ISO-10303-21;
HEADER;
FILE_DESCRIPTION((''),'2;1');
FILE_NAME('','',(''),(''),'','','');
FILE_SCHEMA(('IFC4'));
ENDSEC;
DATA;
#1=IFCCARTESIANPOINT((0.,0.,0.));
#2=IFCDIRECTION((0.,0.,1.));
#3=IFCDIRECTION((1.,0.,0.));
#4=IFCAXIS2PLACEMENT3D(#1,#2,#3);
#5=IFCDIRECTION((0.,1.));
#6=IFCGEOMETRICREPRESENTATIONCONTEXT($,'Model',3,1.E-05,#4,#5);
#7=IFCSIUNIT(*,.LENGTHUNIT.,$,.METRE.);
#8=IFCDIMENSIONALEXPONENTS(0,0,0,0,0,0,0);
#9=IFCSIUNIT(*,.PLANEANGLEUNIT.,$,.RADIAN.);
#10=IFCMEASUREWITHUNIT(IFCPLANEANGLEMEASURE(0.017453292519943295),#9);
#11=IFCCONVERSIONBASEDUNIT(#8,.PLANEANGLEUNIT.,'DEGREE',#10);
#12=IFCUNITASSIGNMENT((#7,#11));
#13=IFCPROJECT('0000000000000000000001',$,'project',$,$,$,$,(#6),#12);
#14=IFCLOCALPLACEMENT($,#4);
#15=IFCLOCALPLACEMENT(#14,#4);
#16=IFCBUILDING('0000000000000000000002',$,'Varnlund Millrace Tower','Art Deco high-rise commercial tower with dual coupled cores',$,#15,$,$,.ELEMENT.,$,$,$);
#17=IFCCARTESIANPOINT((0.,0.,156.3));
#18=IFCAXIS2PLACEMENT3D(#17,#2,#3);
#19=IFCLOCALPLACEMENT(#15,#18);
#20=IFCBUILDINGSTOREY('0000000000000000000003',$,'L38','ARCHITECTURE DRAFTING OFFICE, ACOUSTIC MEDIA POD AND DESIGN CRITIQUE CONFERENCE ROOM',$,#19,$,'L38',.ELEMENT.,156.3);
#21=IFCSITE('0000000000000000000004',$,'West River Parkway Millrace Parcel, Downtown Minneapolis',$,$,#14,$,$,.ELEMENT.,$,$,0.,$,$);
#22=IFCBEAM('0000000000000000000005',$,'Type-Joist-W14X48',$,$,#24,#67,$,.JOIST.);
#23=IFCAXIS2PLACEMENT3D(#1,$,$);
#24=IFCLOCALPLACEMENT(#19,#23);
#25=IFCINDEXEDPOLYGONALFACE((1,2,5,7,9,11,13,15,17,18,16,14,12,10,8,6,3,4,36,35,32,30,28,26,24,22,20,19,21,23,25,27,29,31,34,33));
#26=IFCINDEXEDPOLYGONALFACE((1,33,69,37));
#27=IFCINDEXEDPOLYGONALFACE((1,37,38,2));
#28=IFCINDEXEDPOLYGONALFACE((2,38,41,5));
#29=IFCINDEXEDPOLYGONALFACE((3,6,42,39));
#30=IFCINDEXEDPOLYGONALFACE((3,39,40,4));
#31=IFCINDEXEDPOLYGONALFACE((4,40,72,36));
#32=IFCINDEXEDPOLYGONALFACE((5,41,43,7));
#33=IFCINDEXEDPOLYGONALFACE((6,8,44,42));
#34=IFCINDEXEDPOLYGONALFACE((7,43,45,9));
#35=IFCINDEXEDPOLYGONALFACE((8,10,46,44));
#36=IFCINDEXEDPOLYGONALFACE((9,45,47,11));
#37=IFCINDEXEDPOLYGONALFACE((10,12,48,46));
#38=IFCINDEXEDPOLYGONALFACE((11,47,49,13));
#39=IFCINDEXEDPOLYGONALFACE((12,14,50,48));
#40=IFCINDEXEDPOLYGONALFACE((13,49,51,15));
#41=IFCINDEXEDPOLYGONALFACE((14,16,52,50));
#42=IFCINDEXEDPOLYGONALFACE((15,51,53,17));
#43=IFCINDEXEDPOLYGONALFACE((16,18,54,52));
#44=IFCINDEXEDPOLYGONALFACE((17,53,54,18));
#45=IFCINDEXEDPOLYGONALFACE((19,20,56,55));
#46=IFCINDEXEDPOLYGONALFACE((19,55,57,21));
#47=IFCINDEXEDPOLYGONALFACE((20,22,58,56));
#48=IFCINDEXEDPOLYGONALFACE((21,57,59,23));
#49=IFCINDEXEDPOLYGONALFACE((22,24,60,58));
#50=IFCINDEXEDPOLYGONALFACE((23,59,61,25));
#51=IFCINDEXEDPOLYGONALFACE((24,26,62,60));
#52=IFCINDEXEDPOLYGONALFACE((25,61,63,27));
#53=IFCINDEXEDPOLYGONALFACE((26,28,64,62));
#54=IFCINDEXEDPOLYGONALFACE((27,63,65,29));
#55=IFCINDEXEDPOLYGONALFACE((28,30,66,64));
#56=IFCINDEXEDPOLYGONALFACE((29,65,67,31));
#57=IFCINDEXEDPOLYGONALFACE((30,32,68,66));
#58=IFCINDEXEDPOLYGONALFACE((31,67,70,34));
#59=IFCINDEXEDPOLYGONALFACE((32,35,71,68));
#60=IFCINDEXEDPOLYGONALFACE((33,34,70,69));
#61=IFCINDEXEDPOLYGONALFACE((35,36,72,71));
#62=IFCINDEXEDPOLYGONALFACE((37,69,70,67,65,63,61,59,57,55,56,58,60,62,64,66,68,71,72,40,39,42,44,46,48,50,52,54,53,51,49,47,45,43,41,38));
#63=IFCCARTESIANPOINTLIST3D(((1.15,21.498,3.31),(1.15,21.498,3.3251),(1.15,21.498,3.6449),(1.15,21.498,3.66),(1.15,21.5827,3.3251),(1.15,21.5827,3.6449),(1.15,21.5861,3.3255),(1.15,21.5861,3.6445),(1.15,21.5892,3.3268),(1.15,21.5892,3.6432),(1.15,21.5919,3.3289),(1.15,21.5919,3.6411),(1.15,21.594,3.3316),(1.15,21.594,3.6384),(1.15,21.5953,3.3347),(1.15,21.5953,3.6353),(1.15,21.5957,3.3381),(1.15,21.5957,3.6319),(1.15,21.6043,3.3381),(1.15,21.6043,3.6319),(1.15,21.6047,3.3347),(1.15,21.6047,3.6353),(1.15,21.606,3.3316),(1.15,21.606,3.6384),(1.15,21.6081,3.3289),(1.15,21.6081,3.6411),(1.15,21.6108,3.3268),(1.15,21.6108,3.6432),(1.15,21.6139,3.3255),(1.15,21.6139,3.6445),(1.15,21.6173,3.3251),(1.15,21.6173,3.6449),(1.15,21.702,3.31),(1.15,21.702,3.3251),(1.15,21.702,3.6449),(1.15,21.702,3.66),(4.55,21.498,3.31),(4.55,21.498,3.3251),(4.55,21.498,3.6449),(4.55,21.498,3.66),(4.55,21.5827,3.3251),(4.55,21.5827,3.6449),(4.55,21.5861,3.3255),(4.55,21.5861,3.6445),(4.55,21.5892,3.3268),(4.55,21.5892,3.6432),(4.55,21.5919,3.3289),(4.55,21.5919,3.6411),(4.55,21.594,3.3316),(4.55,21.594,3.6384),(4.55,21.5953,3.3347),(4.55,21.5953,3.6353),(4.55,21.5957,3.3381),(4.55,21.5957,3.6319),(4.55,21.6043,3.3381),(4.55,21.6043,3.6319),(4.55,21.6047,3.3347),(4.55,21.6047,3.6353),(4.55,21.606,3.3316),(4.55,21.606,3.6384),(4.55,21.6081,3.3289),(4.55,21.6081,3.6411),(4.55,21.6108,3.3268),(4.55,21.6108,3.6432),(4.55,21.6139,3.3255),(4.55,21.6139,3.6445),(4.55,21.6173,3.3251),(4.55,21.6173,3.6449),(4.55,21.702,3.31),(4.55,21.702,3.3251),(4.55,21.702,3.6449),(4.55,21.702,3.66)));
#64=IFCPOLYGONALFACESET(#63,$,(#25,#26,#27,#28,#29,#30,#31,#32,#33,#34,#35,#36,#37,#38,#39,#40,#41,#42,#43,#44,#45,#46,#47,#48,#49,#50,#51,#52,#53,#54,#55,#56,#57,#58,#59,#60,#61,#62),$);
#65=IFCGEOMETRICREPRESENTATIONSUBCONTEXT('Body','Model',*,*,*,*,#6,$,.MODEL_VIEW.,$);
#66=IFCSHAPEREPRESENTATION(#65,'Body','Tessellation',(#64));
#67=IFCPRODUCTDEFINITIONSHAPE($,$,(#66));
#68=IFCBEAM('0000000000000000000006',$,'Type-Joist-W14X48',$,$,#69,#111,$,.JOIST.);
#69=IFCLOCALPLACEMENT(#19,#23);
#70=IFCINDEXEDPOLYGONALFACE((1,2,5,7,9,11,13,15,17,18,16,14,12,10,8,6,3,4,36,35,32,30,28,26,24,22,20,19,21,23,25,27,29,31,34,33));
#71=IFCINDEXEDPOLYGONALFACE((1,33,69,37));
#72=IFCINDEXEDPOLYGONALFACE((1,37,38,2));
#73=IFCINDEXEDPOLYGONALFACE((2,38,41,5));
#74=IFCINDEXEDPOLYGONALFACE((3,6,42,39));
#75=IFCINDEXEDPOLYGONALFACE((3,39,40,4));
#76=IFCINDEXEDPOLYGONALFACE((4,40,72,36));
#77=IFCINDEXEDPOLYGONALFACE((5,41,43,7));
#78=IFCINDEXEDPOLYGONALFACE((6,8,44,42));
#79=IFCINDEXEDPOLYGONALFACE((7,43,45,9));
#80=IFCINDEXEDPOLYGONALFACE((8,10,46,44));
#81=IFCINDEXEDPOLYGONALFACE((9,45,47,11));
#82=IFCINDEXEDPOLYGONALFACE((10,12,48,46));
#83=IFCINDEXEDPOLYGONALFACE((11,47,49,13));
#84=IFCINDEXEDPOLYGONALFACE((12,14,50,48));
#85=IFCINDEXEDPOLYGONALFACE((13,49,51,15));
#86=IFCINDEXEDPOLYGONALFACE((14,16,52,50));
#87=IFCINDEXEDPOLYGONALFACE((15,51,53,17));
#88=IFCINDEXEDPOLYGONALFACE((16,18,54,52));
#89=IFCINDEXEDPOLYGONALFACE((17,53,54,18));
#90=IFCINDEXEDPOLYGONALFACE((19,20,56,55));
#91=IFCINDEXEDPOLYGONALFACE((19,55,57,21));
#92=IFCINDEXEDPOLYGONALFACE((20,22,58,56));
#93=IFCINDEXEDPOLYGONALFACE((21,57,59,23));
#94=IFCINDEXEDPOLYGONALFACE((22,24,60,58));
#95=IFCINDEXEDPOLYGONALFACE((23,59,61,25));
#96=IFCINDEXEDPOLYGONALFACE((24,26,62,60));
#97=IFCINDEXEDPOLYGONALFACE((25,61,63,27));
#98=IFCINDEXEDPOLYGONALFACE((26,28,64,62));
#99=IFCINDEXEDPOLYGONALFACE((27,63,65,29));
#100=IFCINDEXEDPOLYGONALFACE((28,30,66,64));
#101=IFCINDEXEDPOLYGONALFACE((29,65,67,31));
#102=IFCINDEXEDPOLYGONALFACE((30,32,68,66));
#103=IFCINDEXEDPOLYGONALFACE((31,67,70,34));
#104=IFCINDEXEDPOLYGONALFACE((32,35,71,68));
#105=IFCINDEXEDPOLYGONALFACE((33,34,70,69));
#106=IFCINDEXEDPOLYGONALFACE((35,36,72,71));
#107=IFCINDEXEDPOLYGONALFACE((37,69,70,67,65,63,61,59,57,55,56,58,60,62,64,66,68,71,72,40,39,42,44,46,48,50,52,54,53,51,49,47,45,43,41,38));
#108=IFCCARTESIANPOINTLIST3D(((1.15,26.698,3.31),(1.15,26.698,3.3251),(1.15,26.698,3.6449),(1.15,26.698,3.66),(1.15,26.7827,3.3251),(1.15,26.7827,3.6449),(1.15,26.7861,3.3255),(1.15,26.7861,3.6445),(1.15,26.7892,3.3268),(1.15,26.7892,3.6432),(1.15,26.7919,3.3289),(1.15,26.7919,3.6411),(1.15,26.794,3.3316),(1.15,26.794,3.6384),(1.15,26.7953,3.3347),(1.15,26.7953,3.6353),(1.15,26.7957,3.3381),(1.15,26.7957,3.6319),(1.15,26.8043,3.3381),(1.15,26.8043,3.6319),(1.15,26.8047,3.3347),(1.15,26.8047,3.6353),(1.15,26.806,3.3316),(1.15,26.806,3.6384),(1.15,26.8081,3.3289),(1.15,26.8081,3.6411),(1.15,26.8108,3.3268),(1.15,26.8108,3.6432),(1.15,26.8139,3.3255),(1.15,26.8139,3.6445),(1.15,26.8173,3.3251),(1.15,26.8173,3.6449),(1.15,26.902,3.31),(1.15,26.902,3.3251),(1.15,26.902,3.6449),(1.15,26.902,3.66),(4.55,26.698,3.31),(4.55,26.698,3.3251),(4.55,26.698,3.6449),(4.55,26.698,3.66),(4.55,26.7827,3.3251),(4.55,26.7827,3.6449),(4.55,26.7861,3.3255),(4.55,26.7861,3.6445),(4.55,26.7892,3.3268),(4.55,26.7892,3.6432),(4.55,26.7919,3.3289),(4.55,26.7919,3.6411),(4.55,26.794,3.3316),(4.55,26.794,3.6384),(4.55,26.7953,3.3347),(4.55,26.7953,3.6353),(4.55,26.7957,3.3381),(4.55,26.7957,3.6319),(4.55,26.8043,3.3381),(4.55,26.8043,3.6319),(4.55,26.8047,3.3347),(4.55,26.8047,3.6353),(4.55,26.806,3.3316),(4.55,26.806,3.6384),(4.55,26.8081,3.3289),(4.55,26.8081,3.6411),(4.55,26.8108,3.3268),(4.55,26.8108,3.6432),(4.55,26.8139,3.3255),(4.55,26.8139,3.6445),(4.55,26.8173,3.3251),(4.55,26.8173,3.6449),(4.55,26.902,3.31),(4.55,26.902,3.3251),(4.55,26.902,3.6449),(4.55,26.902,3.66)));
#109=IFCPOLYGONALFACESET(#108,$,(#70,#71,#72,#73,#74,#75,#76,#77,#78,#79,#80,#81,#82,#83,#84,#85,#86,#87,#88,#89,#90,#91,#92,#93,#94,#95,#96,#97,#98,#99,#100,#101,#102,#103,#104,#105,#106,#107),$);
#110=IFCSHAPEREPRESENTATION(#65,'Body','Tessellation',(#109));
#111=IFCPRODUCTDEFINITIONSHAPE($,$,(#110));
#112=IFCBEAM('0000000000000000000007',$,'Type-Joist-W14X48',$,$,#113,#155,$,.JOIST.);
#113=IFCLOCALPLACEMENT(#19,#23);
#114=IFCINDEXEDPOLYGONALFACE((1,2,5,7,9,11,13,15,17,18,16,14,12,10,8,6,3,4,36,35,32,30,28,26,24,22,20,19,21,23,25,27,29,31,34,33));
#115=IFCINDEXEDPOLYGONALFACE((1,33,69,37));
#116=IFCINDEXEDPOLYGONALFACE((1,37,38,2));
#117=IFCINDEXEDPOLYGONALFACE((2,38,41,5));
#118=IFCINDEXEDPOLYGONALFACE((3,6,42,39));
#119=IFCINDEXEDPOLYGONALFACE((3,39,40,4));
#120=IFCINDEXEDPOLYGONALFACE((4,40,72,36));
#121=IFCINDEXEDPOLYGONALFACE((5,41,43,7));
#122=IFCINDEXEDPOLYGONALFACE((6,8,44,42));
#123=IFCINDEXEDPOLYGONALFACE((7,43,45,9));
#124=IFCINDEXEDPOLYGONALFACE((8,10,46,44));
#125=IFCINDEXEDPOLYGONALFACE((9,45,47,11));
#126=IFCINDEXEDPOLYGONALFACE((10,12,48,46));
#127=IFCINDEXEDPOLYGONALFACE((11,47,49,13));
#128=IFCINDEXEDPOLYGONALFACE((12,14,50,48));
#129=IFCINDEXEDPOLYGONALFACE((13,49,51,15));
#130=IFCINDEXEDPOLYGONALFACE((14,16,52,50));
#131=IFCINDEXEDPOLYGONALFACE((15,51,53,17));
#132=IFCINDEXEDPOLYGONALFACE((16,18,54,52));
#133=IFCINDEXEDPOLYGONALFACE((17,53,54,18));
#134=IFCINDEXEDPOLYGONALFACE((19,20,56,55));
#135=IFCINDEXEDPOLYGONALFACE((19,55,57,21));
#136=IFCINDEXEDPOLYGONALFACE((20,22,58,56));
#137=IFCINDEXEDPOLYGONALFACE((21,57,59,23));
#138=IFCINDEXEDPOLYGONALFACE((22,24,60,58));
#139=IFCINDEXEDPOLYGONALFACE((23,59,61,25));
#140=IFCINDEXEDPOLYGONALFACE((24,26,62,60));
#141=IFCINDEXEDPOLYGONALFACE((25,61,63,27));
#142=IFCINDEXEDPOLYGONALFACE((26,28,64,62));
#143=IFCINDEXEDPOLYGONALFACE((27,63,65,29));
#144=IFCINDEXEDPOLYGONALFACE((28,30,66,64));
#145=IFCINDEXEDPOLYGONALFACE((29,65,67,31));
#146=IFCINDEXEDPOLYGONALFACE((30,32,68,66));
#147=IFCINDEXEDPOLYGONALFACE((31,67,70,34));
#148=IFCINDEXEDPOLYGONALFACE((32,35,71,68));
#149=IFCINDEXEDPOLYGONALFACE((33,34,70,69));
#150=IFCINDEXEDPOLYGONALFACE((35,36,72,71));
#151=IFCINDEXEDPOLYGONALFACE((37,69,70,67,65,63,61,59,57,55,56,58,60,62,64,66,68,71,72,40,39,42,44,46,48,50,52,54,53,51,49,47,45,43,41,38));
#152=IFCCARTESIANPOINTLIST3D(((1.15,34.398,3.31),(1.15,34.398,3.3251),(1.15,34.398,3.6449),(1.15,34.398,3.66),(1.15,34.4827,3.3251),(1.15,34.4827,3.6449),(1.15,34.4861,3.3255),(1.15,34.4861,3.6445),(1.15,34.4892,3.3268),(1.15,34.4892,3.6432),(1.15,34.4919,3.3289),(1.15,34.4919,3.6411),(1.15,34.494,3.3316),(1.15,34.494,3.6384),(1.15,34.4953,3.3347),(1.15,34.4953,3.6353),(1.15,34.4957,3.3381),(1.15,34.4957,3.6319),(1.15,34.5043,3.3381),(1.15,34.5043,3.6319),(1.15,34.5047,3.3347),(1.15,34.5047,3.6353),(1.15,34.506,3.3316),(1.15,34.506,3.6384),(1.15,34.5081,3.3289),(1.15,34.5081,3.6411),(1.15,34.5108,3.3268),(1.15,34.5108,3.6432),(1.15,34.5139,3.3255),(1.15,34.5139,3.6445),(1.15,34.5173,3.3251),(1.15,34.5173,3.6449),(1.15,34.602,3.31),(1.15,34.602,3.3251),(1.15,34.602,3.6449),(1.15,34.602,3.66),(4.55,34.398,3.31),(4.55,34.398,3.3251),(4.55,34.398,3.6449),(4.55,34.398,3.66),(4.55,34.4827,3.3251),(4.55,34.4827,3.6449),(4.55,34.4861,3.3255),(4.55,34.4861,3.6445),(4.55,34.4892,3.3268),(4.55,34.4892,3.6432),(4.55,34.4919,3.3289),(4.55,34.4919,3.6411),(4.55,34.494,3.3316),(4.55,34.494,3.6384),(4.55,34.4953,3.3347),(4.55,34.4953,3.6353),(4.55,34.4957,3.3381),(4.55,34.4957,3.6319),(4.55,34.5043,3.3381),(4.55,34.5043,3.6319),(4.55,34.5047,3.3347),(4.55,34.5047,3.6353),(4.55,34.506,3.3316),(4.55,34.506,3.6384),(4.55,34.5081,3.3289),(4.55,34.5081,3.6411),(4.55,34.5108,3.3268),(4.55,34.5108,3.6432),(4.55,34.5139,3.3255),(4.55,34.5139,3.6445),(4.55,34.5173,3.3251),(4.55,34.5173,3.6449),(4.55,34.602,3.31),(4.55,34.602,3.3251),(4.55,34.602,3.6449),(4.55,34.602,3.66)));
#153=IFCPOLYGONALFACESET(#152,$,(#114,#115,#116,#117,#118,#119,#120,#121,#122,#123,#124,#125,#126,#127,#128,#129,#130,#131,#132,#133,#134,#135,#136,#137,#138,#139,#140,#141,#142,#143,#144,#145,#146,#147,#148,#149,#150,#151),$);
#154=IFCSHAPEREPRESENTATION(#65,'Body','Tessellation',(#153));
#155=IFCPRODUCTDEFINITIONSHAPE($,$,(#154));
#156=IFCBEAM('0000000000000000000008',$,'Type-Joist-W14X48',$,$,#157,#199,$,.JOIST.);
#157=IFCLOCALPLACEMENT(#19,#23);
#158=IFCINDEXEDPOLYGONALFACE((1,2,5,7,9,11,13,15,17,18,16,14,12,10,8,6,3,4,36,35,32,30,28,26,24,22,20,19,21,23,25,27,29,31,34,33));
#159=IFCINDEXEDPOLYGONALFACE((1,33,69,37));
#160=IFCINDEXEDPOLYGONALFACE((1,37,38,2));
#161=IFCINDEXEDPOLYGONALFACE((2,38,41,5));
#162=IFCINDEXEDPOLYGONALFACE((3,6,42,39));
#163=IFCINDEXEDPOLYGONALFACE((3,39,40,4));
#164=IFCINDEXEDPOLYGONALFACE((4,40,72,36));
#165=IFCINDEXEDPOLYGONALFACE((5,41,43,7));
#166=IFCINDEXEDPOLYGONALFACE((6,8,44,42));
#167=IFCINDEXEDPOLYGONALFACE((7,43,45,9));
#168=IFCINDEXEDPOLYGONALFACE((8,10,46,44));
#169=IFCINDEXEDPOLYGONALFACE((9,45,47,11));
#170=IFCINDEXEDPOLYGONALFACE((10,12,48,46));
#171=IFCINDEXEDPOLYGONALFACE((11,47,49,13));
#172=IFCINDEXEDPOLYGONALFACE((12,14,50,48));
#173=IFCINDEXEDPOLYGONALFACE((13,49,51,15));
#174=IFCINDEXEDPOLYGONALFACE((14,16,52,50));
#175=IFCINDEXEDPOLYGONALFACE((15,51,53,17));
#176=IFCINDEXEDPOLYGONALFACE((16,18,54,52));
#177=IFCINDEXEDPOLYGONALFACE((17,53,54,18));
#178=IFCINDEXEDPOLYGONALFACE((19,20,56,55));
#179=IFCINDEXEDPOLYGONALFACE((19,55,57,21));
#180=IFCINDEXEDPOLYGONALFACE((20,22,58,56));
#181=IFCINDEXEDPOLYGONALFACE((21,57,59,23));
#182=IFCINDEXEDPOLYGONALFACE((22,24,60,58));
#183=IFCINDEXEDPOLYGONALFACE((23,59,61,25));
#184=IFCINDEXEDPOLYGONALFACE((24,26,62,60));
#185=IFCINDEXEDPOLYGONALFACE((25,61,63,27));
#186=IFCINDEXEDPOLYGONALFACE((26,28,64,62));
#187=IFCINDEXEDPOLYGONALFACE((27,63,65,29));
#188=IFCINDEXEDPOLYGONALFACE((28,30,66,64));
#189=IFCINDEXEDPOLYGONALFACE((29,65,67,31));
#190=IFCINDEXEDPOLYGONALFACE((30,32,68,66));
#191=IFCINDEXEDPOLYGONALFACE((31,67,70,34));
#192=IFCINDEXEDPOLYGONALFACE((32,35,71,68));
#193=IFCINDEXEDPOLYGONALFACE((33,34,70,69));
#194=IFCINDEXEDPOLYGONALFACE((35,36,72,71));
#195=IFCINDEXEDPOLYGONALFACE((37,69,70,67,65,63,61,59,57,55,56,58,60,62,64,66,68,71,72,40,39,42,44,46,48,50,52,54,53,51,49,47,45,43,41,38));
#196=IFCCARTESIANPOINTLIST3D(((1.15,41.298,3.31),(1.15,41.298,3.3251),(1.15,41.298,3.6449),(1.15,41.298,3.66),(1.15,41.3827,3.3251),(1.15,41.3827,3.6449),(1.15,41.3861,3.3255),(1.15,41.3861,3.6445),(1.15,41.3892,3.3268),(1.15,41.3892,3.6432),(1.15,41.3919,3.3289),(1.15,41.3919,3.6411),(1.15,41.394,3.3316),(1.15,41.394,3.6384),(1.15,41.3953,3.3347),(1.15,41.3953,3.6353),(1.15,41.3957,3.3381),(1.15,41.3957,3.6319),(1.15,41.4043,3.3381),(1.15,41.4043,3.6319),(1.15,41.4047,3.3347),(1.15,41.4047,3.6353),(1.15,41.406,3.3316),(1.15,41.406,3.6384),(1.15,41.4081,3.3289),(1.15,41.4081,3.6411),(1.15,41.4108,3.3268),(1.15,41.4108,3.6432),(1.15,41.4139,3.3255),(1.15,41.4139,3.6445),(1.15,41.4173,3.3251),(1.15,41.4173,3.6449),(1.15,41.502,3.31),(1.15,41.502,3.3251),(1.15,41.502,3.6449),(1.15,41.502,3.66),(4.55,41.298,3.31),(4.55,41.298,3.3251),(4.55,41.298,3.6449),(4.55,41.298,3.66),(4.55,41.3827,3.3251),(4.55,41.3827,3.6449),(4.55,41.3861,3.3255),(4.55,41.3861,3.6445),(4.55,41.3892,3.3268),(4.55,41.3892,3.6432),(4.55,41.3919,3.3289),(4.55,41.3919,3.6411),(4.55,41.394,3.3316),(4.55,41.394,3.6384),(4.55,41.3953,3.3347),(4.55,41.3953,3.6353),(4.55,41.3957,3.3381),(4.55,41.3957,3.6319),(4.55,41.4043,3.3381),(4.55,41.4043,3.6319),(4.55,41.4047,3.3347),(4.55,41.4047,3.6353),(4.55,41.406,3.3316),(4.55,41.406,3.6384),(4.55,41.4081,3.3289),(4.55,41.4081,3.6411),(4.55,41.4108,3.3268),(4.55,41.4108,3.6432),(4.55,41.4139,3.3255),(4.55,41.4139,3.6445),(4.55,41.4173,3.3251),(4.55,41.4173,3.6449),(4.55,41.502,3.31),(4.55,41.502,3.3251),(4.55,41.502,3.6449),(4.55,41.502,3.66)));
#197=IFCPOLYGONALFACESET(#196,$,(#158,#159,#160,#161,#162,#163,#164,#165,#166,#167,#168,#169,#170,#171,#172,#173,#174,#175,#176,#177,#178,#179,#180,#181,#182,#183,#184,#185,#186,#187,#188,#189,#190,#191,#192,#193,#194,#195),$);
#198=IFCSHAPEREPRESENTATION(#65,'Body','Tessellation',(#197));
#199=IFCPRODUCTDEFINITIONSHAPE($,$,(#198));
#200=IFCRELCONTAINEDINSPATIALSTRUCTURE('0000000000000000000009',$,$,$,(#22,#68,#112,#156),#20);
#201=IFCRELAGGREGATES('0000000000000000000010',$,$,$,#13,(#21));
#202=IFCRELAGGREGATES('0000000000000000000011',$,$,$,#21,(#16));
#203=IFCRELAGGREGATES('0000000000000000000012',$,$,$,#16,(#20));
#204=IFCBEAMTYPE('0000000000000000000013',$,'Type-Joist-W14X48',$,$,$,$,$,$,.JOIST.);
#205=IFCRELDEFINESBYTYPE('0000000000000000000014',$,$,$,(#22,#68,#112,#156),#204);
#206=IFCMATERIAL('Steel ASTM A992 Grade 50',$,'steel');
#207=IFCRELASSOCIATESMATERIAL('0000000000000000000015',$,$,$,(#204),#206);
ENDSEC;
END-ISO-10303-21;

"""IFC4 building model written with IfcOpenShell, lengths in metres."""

from ifc_helpers import new_model, entity, si_unit, converted_unit, direction, frame, origin_with_axes, origin_2d_with_axis, place, context, subcontext, project, spatial, i_section, extrude, material, material_profile, profile_set, type_object, element, save


model = new_model("IFC4")

# Units and contexts
model_context = context("Model", 3, precision=1e-05, world=origin_with_axes(), true_north=direction((0.0, 1.0)))
body_context = subcontext(model_context, "Body", "Model", "MODEL_VIEW")
ifc_project = project(units=[si_unit("LENGTHUNIT", "METRE"), converted_unit("PLANEANGLEUNIT", "DEGREE", entity("IfcPlaneAngleMeasure", 0.017453292519943295), si_unit("PLANEANGLEUNIT", "RADIAN"), dimensions=[0, 0, 0, 0, 0, 0, 0])], contexts=[model_context])

# Site, building, storey
site_placement = place(None, origin_with_axes())
site = spatial("IfcSite", under=ifc_project, at=site_placement, Name="West River Parkway Millrace Parcel, Downtown Minneapolis", CompositionType="ELEMENT", RefElevation=0.0)
building_placement = place(site_placement, origin_with_axes())
building = spatial("IfcBuilding", under=site, at=building_placement, Name="Varnlund Millrace Tower", Description="Art Deco high-rise commercial tower with dual coupled cores", CompositionType="ELEMENT")
storey_placement = place(building_placement, frame((0.0, 0.0, 156.3), z_axis=(0.0, 0.0, 1.0), x_axis=(1.0, 0.0, 0.0)))
storey = spatial("IfcBuildingStorey", under=building, at=storey_placement, Name="L38", Description="ARCHITECTURE DRAFTING OFFICE, ACOUSTIC MEDIA POD AND DESIGN CRITIQUE CONFERENCE ROOM", LongName="L38", CompositionType="ELEMENT", Elevation=156.3)

# Beams
ifc_material_1 = material(Name="Steel ASTM A992 Grade 50", Category="steel")
ifc_material_profile_1 = material_profile(ifc_material_1, i_section(OverallWidth=0.204, OverallDepth=0.35, WebThickness=0.0086, FlangeThickness=0.0151, FilletRadius=0.013, at=origin_2d_with_axis()), Name="Steel ASTM A992 Grade 50")
ifc_profile_set_1 = profile_set([ifc_material_profile_1], Name="Steel ASTM A992 Grade 50")
beam_type_1 = type_object("IfcBeamType", Name="Type-Joist-W14X48", PredefinedType="JOIST", material=ifc_profile_set_1)
for number, where, z_axis, x_axis, name in (
    (1, (1.15, 21.6, 3.485), (1.0, 0.0, 0.0), (0.0, 1.0, 0.0), "Type-Joist-W14X48"),
    (2, (1.15, 26.8, 3.485), (1.0, 0.0, 0.0), (0.0, 1.0, 0.0), "Type-Joist-W14X48"),
    (3, (1.15, 34.5, 3.485), (1.0, 0.0, 0.0), (0.0, 1.0, 0.0), "Type-Joist-W14X48"),
    (4, (1.15, 41.4, 3.485), (1.0, 0.0, 0.0), (0.0, 1.0, 0.0), "Type-Joist-W14X48"),
):
    element("IfcBeam", number, at=place(storey_placement, frame(where, z_axis=z_axis, x_axis=x_axis)), inside=storey, type_object=beam_type_1, Name=name, PredefinedType="JOIST", context=body_context, shape_type="SweptSolid", body=[
        extrude(i_section(OverallWidth=0.204, OverallDepth=0.35, WebThickness=0.0086, FlangeThickness=0.0151, FilletRadius=0.013, at=origin_2d_with_axis()), origin_with_axes(), (0.0, 0.0, 1.0), 3.4),
    ])

save(model, "model.ifc")
